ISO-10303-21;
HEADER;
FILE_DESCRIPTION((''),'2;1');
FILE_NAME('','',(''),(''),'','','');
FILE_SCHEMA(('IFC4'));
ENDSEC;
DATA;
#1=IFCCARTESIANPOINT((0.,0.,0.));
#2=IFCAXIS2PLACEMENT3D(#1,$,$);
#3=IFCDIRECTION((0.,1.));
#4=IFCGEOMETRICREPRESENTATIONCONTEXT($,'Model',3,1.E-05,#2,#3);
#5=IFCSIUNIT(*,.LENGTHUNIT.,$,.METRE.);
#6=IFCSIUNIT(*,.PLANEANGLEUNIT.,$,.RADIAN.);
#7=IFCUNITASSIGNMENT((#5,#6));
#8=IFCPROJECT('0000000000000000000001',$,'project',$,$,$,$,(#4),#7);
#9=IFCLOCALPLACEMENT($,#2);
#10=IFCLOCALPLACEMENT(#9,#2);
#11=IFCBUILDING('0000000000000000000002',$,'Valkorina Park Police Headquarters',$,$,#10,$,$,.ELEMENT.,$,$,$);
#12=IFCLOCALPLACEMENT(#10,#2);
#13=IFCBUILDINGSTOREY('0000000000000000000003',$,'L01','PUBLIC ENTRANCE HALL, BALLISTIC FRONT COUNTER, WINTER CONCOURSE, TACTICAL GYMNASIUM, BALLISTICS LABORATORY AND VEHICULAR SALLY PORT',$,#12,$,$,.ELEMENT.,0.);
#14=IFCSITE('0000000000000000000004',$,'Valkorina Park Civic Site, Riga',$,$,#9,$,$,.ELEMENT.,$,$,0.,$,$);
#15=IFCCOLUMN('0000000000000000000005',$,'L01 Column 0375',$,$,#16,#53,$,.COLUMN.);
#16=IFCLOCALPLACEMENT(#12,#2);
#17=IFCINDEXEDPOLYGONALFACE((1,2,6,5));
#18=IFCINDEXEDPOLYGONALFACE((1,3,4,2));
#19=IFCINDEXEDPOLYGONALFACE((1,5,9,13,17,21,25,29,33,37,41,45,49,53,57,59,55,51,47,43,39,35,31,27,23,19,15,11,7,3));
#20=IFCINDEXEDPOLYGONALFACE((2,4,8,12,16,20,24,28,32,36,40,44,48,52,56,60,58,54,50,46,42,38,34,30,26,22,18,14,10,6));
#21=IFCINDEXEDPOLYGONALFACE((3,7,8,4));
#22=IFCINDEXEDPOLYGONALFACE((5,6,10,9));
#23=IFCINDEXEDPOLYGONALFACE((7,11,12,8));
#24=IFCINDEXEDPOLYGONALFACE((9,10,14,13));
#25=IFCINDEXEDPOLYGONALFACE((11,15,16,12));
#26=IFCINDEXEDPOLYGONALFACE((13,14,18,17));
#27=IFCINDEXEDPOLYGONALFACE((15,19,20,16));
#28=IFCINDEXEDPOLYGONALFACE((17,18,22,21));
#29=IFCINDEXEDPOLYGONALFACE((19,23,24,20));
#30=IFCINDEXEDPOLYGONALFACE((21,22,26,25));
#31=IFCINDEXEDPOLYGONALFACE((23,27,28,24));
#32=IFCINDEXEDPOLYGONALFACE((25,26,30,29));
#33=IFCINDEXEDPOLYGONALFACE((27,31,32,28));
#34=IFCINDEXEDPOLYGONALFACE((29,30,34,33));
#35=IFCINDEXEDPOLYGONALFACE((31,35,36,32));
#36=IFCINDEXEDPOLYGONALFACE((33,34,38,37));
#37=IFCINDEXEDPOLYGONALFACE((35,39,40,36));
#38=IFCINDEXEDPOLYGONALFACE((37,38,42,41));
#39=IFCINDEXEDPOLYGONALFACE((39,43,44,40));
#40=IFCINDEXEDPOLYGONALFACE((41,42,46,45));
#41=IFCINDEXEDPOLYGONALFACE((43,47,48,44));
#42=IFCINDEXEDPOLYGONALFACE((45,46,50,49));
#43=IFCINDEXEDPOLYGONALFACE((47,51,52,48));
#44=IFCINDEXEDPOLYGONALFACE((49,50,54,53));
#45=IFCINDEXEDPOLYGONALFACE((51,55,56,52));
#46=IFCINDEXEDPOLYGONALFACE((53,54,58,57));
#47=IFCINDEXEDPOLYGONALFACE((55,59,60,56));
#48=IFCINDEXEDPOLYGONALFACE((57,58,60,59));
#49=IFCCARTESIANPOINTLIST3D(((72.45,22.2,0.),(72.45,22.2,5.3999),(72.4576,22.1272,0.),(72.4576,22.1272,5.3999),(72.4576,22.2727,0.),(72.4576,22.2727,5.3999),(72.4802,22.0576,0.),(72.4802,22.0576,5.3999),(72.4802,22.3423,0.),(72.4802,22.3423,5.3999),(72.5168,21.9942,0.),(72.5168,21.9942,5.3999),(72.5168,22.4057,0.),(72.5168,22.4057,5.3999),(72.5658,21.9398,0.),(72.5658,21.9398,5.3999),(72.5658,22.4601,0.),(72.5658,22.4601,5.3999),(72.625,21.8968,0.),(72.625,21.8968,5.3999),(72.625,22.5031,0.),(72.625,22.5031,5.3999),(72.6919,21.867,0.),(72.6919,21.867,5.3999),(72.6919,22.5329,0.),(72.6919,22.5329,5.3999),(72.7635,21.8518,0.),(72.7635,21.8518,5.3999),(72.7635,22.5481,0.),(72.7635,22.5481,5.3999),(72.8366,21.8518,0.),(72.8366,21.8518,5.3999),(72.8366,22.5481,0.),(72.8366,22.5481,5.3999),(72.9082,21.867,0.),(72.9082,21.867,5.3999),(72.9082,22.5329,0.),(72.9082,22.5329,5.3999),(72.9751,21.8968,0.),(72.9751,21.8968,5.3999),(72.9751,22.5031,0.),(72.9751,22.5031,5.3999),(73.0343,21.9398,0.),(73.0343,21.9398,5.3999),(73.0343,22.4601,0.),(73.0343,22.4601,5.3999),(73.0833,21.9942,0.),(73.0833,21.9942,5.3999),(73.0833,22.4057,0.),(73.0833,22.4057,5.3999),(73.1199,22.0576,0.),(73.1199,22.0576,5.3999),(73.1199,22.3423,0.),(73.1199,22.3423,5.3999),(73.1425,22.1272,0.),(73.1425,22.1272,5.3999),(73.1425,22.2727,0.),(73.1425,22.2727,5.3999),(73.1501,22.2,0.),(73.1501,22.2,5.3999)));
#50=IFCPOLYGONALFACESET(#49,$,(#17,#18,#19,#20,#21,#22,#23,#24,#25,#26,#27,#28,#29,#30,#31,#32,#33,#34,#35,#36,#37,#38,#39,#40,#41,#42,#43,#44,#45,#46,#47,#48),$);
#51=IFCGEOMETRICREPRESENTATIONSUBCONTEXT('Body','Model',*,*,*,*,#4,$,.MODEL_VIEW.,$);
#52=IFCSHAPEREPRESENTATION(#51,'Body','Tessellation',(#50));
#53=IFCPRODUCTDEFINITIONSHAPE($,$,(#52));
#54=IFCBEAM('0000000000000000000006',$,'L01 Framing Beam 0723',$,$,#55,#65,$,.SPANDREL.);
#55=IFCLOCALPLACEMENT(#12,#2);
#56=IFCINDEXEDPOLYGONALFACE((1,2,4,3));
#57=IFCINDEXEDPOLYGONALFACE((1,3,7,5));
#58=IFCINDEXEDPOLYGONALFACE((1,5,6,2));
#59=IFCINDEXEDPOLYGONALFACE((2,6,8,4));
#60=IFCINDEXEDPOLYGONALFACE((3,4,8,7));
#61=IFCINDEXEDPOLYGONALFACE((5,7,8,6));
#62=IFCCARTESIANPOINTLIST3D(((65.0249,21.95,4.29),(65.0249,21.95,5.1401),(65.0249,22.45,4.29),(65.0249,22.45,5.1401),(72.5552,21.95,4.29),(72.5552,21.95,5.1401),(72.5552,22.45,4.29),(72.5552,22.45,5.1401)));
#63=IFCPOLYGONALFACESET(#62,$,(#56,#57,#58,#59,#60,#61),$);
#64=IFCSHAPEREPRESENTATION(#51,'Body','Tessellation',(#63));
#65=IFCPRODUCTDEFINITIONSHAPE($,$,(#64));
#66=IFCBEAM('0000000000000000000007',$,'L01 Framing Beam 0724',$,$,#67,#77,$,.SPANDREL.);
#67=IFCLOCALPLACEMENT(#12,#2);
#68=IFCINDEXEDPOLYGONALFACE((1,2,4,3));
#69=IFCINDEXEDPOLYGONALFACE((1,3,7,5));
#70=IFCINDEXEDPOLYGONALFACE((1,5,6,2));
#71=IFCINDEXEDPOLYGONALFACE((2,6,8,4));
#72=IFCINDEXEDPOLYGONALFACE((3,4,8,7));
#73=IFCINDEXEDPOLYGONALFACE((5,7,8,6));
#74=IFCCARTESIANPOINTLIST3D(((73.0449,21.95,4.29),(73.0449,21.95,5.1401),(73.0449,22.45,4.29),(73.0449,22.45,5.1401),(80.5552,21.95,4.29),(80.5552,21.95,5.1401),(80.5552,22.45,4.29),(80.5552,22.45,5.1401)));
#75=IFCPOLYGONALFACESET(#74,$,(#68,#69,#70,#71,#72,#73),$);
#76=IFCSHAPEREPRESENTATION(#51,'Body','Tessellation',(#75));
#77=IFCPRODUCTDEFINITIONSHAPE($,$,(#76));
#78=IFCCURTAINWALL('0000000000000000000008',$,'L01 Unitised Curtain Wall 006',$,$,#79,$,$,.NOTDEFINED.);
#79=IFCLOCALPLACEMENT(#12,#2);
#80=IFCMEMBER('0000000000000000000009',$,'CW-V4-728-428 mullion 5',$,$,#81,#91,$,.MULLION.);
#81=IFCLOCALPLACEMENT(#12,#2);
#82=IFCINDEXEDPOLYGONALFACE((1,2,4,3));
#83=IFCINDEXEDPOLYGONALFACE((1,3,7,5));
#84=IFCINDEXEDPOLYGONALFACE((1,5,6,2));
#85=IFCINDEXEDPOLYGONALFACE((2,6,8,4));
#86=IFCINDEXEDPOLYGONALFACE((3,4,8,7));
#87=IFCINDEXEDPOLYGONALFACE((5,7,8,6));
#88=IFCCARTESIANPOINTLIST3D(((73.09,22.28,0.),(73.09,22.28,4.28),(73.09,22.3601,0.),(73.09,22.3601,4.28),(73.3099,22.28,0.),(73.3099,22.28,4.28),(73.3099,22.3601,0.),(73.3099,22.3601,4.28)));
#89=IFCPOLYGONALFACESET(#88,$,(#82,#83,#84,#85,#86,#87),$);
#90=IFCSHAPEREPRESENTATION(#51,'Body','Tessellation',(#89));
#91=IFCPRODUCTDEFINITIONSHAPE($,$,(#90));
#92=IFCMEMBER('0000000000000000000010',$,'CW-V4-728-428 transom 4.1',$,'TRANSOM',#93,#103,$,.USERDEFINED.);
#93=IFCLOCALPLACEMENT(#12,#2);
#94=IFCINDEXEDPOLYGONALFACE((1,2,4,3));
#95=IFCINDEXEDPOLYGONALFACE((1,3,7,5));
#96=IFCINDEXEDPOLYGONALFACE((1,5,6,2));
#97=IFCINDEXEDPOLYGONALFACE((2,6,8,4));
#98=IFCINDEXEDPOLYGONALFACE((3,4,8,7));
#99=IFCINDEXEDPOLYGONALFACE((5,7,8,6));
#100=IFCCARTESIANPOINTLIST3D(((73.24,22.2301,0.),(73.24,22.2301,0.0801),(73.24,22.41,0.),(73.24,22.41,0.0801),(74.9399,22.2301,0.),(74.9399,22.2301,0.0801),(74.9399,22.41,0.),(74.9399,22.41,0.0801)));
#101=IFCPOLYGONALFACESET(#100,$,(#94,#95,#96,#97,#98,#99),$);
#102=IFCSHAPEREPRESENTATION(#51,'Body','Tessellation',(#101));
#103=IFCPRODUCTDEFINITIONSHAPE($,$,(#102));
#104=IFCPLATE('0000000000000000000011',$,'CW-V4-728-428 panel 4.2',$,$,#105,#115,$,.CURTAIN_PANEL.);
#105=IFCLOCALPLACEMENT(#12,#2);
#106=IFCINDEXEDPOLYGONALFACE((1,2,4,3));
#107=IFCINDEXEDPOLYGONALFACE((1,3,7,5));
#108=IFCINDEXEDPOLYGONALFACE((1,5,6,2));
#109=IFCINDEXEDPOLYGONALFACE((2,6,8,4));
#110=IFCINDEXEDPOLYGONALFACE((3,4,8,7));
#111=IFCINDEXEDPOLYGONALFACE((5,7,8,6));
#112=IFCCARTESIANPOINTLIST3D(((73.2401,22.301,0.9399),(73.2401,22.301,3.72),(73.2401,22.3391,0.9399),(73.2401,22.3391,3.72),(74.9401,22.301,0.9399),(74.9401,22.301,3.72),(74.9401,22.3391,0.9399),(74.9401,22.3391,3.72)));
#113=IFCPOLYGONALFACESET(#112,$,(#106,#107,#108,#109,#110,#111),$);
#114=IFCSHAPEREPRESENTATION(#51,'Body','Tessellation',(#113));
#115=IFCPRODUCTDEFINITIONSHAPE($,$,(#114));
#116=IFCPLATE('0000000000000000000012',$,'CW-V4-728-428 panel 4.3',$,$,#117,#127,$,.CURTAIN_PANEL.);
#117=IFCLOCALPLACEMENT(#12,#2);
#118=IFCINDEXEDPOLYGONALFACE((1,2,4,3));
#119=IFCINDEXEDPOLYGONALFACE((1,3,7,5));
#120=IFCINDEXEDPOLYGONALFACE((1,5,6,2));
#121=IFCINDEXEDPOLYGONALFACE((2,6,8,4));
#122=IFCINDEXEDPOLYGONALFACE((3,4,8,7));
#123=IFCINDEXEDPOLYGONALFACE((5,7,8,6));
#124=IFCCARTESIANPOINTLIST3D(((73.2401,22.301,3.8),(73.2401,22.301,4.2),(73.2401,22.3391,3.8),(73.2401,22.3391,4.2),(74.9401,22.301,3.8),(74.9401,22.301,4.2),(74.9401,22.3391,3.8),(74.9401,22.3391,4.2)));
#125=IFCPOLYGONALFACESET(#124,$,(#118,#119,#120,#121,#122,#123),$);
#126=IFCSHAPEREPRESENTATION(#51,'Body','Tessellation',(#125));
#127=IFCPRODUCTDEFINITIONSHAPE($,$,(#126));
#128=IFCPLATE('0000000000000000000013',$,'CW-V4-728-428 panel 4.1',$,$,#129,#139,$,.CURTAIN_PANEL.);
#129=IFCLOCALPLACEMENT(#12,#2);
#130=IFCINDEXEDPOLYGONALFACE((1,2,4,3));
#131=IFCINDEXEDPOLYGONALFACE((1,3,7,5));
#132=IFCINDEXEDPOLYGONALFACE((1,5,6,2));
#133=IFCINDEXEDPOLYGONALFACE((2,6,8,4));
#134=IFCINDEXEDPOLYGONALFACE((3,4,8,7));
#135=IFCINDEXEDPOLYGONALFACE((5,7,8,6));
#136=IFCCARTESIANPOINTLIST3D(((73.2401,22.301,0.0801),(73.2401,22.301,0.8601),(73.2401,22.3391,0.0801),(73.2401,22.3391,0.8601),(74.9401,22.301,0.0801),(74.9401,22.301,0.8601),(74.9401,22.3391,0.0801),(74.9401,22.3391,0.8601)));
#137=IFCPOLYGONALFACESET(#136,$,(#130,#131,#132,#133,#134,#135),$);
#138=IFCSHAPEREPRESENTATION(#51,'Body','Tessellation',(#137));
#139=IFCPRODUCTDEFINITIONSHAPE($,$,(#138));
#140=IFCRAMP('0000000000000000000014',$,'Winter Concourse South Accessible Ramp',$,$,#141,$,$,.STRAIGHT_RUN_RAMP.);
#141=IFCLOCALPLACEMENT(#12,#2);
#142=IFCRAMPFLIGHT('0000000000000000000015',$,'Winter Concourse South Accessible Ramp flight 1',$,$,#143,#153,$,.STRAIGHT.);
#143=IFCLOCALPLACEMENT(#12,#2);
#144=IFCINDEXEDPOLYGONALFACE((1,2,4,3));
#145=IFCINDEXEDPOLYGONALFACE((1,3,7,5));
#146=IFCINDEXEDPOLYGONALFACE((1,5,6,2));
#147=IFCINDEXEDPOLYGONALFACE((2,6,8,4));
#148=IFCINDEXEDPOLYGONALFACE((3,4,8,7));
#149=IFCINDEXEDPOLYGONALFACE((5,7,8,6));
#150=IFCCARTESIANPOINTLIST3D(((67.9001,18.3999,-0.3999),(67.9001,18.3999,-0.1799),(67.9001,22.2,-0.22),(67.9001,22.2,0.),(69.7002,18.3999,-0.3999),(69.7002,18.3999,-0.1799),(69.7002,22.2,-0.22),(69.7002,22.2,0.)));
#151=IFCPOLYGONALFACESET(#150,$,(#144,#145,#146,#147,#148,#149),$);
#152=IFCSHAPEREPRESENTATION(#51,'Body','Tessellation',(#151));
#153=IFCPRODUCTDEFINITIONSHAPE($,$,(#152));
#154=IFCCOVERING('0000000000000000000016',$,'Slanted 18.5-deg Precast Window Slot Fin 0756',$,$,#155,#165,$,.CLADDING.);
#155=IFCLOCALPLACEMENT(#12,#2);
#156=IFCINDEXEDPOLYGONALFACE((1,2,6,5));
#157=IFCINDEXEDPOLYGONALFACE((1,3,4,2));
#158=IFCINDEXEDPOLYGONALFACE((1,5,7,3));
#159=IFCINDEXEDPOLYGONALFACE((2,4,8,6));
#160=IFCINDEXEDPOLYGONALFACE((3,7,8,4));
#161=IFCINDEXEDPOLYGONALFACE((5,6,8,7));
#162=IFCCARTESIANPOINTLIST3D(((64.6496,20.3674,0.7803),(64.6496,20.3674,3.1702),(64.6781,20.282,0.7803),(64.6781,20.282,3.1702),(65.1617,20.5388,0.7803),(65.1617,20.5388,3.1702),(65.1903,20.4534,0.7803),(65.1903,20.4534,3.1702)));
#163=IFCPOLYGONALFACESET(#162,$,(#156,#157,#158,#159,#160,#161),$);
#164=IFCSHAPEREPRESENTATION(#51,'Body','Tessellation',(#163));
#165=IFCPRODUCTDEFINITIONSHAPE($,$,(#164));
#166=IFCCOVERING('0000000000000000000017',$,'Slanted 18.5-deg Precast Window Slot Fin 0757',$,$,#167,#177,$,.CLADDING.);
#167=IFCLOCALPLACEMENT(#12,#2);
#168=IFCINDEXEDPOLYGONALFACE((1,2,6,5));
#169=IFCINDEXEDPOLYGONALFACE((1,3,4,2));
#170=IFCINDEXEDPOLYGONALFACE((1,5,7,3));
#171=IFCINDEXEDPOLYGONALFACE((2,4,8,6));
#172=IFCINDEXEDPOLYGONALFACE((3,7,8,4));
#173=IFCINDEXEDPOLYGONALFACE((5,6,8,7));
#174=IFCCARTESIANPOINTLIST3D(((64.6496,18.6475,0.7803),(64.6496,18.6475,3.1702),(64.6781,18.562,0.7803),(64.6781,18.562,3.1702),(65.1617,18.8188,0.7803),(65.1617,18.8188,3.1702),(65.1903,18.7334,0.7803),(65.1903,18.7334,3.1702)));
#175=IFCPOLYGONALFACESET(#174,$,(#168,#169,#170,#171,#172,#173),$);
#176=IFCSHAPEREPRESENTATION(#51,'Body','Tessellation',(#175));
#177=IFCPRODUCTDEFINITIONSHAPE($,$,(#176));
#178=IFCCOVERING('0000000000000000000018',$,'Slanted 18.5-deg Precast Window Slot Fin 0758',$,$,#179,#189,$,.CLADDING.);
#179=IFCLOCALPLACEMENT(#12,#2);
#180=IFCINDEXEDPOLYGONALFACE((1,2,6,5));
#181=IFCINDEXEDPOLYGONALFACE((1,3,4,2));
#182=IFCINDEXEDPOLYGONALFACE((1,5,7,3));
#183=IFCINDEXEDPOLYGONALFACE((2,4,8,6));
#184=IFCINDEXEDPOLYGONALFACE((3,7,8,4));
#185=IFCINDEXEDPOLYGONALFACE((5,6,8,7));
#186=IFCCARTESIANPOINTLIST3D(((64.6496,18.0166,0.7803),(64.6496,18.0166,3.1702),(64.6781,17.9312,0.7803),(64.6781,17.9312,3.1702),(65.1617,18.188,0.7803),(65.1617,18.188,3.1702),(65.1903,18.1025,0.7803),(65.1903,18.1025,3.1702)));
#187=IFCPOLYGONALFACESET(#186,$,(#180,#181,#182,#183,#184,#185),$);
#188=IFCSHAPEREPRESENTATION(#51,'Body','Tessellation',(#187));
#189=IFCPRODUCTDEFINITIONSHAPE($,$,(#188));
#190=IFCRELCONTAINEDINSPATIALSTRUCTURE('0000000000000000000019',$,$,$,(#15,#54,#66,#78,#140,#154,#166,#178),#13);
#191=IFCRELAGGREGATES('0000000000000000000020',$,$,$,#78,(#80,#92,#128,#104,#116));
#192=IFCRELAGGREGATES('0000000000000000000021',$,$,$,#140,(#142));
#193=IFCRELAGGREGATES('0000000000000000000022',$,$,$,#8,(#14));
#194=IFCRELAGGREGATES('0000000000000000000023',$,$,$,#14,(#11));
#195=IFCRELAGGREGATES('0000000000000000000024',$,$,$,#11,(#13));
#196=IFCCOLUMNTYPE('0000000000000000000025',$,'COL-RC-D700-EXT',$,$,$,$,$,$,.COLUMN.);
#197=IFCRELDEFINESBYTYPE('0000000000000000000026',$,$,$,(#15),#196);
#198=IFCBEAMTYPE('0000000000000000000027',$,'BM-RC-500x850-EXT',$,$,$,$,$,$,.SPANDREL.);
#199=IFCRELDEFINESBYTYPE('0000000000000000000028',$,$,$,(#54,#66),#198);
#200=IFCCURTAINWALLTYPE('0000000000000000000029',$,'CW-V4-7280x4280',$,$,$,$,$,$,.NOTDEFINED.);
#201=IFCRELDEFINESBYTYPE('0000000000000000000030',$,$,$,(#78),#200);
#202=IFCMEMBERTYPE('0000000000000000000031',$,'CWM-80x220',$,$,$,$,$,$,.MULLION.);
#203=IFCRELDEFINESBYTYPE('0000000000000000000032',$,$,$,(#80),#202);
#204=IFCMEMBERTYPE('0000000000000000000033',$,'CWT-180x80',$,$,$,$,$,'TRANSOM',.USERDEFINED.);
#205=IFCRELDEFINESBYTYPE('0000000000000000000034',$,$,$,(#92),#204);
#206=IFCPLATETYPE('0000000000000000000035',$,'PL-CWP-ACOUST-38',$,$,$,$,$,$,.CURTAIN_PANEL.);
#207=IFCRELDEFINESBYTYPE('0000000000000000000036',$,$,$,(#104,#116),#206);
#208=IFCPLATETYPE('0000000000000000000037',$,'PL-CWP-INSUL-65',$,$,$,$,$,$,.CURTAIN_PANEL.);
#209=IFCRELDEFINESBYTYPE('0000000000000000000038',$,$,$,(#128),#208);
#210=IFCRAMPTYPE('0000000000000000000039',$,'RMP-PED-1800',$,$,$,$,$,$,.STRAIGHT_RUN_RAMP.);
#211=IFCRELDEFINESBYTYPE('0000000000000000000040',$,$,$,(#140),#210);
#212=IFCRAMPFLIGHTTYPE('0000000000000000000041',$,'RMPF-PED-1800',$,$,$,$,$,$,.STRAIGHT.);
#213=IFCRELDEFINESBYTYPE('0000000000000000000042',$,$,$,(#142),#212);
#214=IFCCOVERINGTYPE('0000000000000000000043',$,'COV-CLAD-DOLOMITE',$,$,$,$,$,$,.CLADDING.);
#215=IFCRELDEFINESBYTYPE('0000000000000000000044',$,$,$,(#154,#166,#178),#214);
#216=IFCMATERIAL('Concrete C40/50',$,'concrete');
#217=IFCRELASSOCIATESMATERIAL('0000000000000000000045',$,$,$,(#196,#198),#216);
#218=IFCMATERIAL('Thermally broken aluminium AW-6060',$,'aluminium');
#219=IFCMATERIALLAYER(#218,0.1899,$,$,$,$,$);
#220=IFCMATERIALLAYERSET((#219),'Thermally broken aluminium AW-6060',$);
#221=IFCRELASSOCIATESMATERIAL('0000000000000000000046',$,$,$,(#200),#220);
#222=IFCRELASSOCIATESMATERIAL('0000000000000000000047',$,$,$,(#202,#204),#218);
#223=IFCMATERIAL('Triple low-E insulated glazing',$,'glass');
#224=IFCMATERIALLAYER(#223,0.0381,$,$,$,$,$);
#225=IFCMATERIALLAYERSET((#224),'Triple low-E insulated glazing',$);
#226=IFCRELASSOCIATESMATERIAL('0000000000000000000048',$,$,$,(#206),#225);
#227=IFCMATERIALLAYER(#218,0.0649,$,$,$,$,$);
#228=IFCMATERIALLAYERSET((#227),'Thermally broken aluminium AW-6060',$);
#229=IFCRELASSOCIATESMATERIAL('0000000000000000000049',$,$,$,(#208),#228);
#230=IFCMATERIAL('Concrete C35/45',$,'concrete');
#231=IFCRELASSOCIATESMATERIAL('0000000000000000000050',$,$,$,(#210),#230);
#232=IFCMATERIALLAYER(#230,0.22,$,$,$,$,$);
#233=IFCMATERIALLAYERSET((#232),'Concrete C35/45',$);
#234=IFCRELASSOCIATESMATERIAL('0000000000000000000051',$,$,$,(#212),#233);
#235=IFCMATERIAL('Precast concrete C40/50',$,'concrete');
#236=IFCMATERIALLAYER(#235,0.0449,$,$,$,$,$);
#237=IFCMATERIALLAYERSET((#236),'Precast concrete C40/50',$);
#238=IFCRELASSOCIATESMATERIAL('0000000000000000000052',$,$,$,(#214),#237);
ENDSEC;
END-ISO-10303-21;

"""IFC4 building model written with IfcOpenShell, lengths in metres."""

from ifc_helpers import new_model, si_unit, direction, frame, origin, origin_2d, place, context, subcontext, project, spatial, polyline, rectangle, circle, outline, extrude, material, layer, layer_set, material_profile, profile_set, type_object, element, aggregate, save


model = new_model("IFC4")

# Units and contexts
model_context = context("Model", 3, precision=1e-05, world=origin(), true_north=direction((0.0, 1.0)))
body_context = subcontext(model_context, "Body", "Model", "MODEL_VIEW")
ifc_project = project(units=[si_unit("LENGTHUNIT", "METRE"), si_unit("PLANEANGLEUNIT", "RADIAN")], contexts=[model_context])

# Site, building, storey
site_placement = place(None, origin())
site = spatial("IfcSite", under=ifc_project, at=site_placement, Name="Valkorina Park Civic Site, Riga", CompositionType="ELEMENT", RefElevation=0.0)
building_placement = place(site_placement, origin())
building = spatial("IfcBuilding", under=site, at=building_placement, Name="Valkorina Park Police Headquarters", CompositionType="ELEMENT")
storey_placement = place(building_placement, origin())
storey = spatial("IfcBuildingStorey", under=building, at=storey_placement, Name="L01", Description="PUBLIC ENTRANCE HALL, BALLISTIC FRONT COUNTER, WINTER CONCOURSE, TACTICAL GYMNASIUM, BALLISTICS LABORATORY AND VEHICULAR SALLY PORT", CompositionType="ELEMENT", Elevation=0.0)

# Column
ifc_material_1 = material(Name="Concrete C40/50", Category="concrete")
ifc_material_profile_1 = material_profile(ifc_material_1, circle(Radius=0.3501, at=origin_2d()), Name="RC COL D700")
ifc_profile_set_1 = profile_set([ifc_material_profile_1], Name="Concrete C40/50")
column_type = type_object("IfcColumnType", Name="COL-RC-D700-EXT", PredefinedType="COLUMN", material=ifc_profile_set_1)
column_placement = place(storey_placement, frame((72.8, 22.2, 0.0), z_axis=(0.0, 0.0, 1.0), x_axis=(1.0, 0.0, 0.0)))
element("IfcColumn", 1, at=column_placement, inside=storey, type_object=column_type, Name="L01 Column 0375", PredefinedType="COLUMN", context=body_context, shape_type="SweptSolid", body=[
    extrude(circle(Radius=0.3501, at=origin_2d()), origin(), (0.0, 0.0, 1.0), 5.3999),
])

# Beams
ifc_material_profile_2 = material_profile(ifc_material_1, rectangle(XDim=0.5, YDim=0.8501, at=origin_2d()), Name="RC BEAM 500x850")
ifc_profile_set_2 = profile_set([ifc_material_profile_2], Name="Concrete C40/50")
beam_type = type_object("IfcBeamType", Name="BM-RC-500x850-EXT", PredefinedType="SPANDREL", material=ifc_profile_set_2)
beam_1_placement = place(storey_placement, frame((65.0249, 22.2, 4.7151), z_axis=(1.0, 0.0, 0.0), x_axis=(0.0, 1.0, 0.0)))
element("IfcBeam", 2, at=beam_1_placement, inside=storey, type_object=beam_type, Name="L01 Framing Beam 0723", PredefinedType="SPANDREL", context=body_context, shape_type="SweptSolid", body=[
    extrude(rectangle(XDim=0.5, YDim=0.8501, at=origin_2d()), origin(), (0.0, 0.0, 1.0), 7.5303),
])
beam_2_placement = place(storey_placement, frame((73.0449, 22.2, 4.7151), z_axis=(1.0, 0.0, 0.0), x_axis=(0.0, 1.0, 0.0)))
element("IfcBeam", 3, at=beam_2_placement, inside=storey, type_object=beam_type, Name="L01 Framing Beam 0724", PredefinedType="SPANDREL", context=body_context, shape_type="SweptSolid", body=[
    extrude(rectangle(XDim=0.5, YDim=0.8501, at=origin_2d()), origin(), (0.0, 0.0, 1.0), 7.5103),
])

# Curtain wall, members, plates
ifc_material_2 = material(Name="Thermally broken aluminium AW-6060", Category="aluminium")
ifc_layer_1 = layer(ifc_material_2, 0.1899)
ifc_layer_set_1 = layer_set([ifc_layer_1], Name="Thermally broken aluminium AW-6060")
curtain_wall_type = type_object("IfcCurtainWallType", Name="CW-V4-7280x4280", PredefinedType="NOTDEFINED", material=ifc_layer_set_1)
curtain_wall_placement = place(storey_placement, origin())
curtain_wall = element("IfcCurtainWall", 4, at=curtain_wall_placement, inside=storey, type_object=curtain_wall_type, Name="L01 Unitised Curtain Wall 006", PredefinedType="NOTDEFINED")
ifc_material_profile_3 = material_profile(ifc_material_2, rectangle(XDim=0.0801, YDim=0.22, at=origin_2d()), Name="CWM-03 80x220")
ifc_profile_set_3 = profile_set([ifc_material_profile_3], Name="Thermally broken aluminium AW-6060")
member_type_1 = type_object("IfcMemberType", Name="CWM-80x220", PredefinedType="MULLION", material=ifc_profile_set_3)
member_1_placement = place(storey_placement, frame((73.2, 22.3201, 0.0), z_axis=(0.0, 0.0, 1.0), x_axis=(0.0, -1.0, 0.0)))
member_1 = element("IfcMember", 5, at=member_1_placement, type_object=member_type_1, Name="CW-V4-728-428 mullion 5", PredefinedType="MULLION", context=body_context, shape_type="SweptSolid", body=[
    extrude(rectangle(XDim=0.0801, YDim=0.22, at=origin_2d()), origin(), (0.0, 0.0, 1.0), 4.28),
])
ifc_material_profile_4 = material_profile(ifc_material_2, rectangle(XDim=0.1799, YDim=0.0801, at=origin_2d()), Name="CWT-03 180x80")
ifc_profile_set_4 = profile_set([ifc_material_profile_4], Name="Thermally broken aluminium AW-6060")
member_type_2 = type_object("IfcMemberType", Name="CWT-180x80", ElementType="TRANSOM", PredefinedType="USERDEFINED", material=ifc_profile_set_4)
member_2_placement = place(storey_placement, frame((74.9399, 22.3201, 0.04), z_axis=(-1.0, 0.0, 0.0), x_axis=(0.0, -1.0, 0.0)))
member_2 = element("IfcMember", 6, at=member_2_placement, type_object=member_type_2, Name="CW-V4-728-428 transom 4.1", ObjectType="TRANSOM", PredefinedType="USERDEFINED", context=body_context, shape_type="SweptSolid", body=[
    extrude(rectangle(XDim=0.1799, YDim=0.0801, at=origin_2d()), origin(), (0.0, 0.0, 1.0), 1.7),
])
ifc_material_3 = material(Name="Triple low-E insulated glazing", Category="glass")
ifc_layer_2 = layer(ifc_material_3, 0.0381)
ifc_layer_set_2 = layer_set([ifc_layer_2], Name="Triple low-E insulated glazing")
plate_type_1 = type_object("IfcPlateType", Name="PL-CWP-ACOUST-38", PredefinedType="CURTAIN_PANEL", material=ifc_layer_set_2)
plate_1_placement = place(storey_placement, frame((74.0901, 22.3201, 0.9399), z_axis=(0.0, 0.0, 1.0), x_axis=(-1.0, 0.0, 0.0)))
plate_1 = element("IfcPlate", 7, at=plate_1_placement, type_object=plate_type_1, Name="CW-V4-728-428 panel 4.2", PredefinedType="CURTAIN_PANEL", context=body_context, shape_type="SweptSolid", body=[
    extrude(rectangle(XDim=1.7, YDim=0.0381, at=origin_2d()), origin(), (0.0, 0.0, 1.0), 2.78),
])
plate_2_placement = place(storey_placement, frame((74.0901, 22.3201, 3.8), z_axis=(0.0, 0.0, 1.0), x_axis=(-1.0, 0.0, 0.0)))
plate_2 = element("IfcPlate", 8, at=plate_2_placement, type_object=plate_type_1, Name="CW-V4-728-428 panel 4.3", PredefinedType="CURTAIN_PANEL", context=body_context, shape_type="SweptSolid", body=[
    extrude(rectangle(XDim=1.7, YDim=0.0381, at=origin_2d()), origin(), (0.0, 0.0, 1.0), 0.3999),
])
ifc_layer_3 = layer(ifc_material_2, 0.0649)
ifc_layer_set_3 = layer_set([ifc_layer_3], Name="Thermally broken aluminium AW-6060")
plate_type_2 = type_object("IfcPlateType", Name="PL-CWP-INSUL-65", PredefinedType="CURTAIN_PANEL", material=ifc_layer_set_3)
plate_3_placement = place(storey_placement, frame((74.0901, 22.3201, 0.0801), z_axis=(0.0, 0.0, 1.0), x_axis=(-1.0, 0.0, 0.0)))
plate_3 = element("IfcPlate", 9, at=plate_3_placement, type_object=plate_type_2, Name="CW-V4-728-428 panel 4.1", PredefinedType="CURTAIN_PANEL", context=body_context, shape_type="SweptSolid", body=[
    extrude(rectangle(XDim=1.7, YDim=0.0381, at=origin_2d()), origin(), (0.0, 0.0, 1.0), 0.78),
])
aggregate(curtain_wall, [member_1, member_2, plate_3, plate_1, plate_2])

# Ramp, ramp flight
ifc_material_4 = material(Name="Concrete C35/45", Category="concrete")
ramp_type = type_object("IfcRampType", Name="RMP-PED-1800", PredefinedType="STRAIGHT_RUN_RAMP", material=ifc_material_4)
ramp_placement = place(storey_placement, origin())
ramp = element("IfcRamp", 10, at=ramp_placement, inside=storey, type_object=ramp_type, Name="Winter Concourse South Accessible Ramp", PredefinedType="STRAIGHT_RUN_RAMP")
ifc_layer_4 = layer(ifc_material_4, 0.22)
ifc_layer_set_4 = layer_set([ifc_layer_4], Name="Concrete C35/45")
ramp_flight_type = type_object("IfcRampFlightType", Name="RMPF-PED-1800", PredefinedType="STRAIGHT", material=ifc_layer_set_4)
ramp_flight_placement = place(storey_placement, frame((68.8, 18.3999, -0.1799), z_axis=(0.0, 0.0, 1.0), x_axis=(0.0, 1.0, 0.0)))
ramp_flight = element("IfcRampFlight", 11, at=ramp_flight_placement, type_object=ramp_flight_type, Name="Winter Concourse South Accessible Ramp flight 1", PredefinedType="STRAIGHT", context=body_context, shape_type="SweptSolid", body=[
    extrude(outline(polyline([(0.0, 0.0), (3.8, 0.1799), (3.8, -0.04), (0.0, -0.22), (0.0, 0.0)])), frame((0.0, 0.8999, 0.0), z_axis=(0.0, -1.0, 0.0), x_axis=(1.0, 0.0, 0.0)), (0.0, 0.0, 1.0), 1.8),
])
aggregate(ramp, [ramp_flight])

# Coverings
ifc_material_5 = material(Name="Precast concrete C40/50", Category="concrete")
ifc_layer_5 = layer(ifc_material_5, 0.0449)
ifc_layer_set_5 = layer_set([ifc_layer_5], Name="Precast concrete C40/50")
covering_type = type_object("IfcCoveringType", Name="COV-CLAD-DOLOMITE", PredefinedType="CLADDING", material=ifc_layer_set_5)
for number, where, z_axis, x_axis, name in (
    (12, (64.9199, 20.4104, 0.7803), (0.0, 0.0, 1.0), (0.948324, 0.317305, 0.0), "Slanted 18.5-deg Precast Window Slot Fin 0756"),
    (13, (64.9199, 18.6904, 0.7803), (0.0, 0.0, 1.0), (0.948324, 0.317305, 0.0), "Slanted 18.5-deg Precast Window Slot Fin 0757"),
    (14, (64.9199, 18.0596, 0.7803), (0.0, 0.0, 1.0), (0.948324, 0.317305, 0.0), "Slanted 18.5-deg Precast Window Slot Fin 0758"),
):
    element("IfcCovering", number, at=place(storey_placement, frame(where, z_axis=z_axis, x_axis=x_axis)), inside=storey, type_object=covering_type, Name=name, PredefinedType="CLADDING", context=body_context, shape_type="SweptSolid", body=[
        extrude(rectangle(XDim=0.54, YDim=0.0901, at=origin_2d()), origin(), (0.0, 0.0, 1.0), 2.3899),
    ])

save(model, "model.ifc")
